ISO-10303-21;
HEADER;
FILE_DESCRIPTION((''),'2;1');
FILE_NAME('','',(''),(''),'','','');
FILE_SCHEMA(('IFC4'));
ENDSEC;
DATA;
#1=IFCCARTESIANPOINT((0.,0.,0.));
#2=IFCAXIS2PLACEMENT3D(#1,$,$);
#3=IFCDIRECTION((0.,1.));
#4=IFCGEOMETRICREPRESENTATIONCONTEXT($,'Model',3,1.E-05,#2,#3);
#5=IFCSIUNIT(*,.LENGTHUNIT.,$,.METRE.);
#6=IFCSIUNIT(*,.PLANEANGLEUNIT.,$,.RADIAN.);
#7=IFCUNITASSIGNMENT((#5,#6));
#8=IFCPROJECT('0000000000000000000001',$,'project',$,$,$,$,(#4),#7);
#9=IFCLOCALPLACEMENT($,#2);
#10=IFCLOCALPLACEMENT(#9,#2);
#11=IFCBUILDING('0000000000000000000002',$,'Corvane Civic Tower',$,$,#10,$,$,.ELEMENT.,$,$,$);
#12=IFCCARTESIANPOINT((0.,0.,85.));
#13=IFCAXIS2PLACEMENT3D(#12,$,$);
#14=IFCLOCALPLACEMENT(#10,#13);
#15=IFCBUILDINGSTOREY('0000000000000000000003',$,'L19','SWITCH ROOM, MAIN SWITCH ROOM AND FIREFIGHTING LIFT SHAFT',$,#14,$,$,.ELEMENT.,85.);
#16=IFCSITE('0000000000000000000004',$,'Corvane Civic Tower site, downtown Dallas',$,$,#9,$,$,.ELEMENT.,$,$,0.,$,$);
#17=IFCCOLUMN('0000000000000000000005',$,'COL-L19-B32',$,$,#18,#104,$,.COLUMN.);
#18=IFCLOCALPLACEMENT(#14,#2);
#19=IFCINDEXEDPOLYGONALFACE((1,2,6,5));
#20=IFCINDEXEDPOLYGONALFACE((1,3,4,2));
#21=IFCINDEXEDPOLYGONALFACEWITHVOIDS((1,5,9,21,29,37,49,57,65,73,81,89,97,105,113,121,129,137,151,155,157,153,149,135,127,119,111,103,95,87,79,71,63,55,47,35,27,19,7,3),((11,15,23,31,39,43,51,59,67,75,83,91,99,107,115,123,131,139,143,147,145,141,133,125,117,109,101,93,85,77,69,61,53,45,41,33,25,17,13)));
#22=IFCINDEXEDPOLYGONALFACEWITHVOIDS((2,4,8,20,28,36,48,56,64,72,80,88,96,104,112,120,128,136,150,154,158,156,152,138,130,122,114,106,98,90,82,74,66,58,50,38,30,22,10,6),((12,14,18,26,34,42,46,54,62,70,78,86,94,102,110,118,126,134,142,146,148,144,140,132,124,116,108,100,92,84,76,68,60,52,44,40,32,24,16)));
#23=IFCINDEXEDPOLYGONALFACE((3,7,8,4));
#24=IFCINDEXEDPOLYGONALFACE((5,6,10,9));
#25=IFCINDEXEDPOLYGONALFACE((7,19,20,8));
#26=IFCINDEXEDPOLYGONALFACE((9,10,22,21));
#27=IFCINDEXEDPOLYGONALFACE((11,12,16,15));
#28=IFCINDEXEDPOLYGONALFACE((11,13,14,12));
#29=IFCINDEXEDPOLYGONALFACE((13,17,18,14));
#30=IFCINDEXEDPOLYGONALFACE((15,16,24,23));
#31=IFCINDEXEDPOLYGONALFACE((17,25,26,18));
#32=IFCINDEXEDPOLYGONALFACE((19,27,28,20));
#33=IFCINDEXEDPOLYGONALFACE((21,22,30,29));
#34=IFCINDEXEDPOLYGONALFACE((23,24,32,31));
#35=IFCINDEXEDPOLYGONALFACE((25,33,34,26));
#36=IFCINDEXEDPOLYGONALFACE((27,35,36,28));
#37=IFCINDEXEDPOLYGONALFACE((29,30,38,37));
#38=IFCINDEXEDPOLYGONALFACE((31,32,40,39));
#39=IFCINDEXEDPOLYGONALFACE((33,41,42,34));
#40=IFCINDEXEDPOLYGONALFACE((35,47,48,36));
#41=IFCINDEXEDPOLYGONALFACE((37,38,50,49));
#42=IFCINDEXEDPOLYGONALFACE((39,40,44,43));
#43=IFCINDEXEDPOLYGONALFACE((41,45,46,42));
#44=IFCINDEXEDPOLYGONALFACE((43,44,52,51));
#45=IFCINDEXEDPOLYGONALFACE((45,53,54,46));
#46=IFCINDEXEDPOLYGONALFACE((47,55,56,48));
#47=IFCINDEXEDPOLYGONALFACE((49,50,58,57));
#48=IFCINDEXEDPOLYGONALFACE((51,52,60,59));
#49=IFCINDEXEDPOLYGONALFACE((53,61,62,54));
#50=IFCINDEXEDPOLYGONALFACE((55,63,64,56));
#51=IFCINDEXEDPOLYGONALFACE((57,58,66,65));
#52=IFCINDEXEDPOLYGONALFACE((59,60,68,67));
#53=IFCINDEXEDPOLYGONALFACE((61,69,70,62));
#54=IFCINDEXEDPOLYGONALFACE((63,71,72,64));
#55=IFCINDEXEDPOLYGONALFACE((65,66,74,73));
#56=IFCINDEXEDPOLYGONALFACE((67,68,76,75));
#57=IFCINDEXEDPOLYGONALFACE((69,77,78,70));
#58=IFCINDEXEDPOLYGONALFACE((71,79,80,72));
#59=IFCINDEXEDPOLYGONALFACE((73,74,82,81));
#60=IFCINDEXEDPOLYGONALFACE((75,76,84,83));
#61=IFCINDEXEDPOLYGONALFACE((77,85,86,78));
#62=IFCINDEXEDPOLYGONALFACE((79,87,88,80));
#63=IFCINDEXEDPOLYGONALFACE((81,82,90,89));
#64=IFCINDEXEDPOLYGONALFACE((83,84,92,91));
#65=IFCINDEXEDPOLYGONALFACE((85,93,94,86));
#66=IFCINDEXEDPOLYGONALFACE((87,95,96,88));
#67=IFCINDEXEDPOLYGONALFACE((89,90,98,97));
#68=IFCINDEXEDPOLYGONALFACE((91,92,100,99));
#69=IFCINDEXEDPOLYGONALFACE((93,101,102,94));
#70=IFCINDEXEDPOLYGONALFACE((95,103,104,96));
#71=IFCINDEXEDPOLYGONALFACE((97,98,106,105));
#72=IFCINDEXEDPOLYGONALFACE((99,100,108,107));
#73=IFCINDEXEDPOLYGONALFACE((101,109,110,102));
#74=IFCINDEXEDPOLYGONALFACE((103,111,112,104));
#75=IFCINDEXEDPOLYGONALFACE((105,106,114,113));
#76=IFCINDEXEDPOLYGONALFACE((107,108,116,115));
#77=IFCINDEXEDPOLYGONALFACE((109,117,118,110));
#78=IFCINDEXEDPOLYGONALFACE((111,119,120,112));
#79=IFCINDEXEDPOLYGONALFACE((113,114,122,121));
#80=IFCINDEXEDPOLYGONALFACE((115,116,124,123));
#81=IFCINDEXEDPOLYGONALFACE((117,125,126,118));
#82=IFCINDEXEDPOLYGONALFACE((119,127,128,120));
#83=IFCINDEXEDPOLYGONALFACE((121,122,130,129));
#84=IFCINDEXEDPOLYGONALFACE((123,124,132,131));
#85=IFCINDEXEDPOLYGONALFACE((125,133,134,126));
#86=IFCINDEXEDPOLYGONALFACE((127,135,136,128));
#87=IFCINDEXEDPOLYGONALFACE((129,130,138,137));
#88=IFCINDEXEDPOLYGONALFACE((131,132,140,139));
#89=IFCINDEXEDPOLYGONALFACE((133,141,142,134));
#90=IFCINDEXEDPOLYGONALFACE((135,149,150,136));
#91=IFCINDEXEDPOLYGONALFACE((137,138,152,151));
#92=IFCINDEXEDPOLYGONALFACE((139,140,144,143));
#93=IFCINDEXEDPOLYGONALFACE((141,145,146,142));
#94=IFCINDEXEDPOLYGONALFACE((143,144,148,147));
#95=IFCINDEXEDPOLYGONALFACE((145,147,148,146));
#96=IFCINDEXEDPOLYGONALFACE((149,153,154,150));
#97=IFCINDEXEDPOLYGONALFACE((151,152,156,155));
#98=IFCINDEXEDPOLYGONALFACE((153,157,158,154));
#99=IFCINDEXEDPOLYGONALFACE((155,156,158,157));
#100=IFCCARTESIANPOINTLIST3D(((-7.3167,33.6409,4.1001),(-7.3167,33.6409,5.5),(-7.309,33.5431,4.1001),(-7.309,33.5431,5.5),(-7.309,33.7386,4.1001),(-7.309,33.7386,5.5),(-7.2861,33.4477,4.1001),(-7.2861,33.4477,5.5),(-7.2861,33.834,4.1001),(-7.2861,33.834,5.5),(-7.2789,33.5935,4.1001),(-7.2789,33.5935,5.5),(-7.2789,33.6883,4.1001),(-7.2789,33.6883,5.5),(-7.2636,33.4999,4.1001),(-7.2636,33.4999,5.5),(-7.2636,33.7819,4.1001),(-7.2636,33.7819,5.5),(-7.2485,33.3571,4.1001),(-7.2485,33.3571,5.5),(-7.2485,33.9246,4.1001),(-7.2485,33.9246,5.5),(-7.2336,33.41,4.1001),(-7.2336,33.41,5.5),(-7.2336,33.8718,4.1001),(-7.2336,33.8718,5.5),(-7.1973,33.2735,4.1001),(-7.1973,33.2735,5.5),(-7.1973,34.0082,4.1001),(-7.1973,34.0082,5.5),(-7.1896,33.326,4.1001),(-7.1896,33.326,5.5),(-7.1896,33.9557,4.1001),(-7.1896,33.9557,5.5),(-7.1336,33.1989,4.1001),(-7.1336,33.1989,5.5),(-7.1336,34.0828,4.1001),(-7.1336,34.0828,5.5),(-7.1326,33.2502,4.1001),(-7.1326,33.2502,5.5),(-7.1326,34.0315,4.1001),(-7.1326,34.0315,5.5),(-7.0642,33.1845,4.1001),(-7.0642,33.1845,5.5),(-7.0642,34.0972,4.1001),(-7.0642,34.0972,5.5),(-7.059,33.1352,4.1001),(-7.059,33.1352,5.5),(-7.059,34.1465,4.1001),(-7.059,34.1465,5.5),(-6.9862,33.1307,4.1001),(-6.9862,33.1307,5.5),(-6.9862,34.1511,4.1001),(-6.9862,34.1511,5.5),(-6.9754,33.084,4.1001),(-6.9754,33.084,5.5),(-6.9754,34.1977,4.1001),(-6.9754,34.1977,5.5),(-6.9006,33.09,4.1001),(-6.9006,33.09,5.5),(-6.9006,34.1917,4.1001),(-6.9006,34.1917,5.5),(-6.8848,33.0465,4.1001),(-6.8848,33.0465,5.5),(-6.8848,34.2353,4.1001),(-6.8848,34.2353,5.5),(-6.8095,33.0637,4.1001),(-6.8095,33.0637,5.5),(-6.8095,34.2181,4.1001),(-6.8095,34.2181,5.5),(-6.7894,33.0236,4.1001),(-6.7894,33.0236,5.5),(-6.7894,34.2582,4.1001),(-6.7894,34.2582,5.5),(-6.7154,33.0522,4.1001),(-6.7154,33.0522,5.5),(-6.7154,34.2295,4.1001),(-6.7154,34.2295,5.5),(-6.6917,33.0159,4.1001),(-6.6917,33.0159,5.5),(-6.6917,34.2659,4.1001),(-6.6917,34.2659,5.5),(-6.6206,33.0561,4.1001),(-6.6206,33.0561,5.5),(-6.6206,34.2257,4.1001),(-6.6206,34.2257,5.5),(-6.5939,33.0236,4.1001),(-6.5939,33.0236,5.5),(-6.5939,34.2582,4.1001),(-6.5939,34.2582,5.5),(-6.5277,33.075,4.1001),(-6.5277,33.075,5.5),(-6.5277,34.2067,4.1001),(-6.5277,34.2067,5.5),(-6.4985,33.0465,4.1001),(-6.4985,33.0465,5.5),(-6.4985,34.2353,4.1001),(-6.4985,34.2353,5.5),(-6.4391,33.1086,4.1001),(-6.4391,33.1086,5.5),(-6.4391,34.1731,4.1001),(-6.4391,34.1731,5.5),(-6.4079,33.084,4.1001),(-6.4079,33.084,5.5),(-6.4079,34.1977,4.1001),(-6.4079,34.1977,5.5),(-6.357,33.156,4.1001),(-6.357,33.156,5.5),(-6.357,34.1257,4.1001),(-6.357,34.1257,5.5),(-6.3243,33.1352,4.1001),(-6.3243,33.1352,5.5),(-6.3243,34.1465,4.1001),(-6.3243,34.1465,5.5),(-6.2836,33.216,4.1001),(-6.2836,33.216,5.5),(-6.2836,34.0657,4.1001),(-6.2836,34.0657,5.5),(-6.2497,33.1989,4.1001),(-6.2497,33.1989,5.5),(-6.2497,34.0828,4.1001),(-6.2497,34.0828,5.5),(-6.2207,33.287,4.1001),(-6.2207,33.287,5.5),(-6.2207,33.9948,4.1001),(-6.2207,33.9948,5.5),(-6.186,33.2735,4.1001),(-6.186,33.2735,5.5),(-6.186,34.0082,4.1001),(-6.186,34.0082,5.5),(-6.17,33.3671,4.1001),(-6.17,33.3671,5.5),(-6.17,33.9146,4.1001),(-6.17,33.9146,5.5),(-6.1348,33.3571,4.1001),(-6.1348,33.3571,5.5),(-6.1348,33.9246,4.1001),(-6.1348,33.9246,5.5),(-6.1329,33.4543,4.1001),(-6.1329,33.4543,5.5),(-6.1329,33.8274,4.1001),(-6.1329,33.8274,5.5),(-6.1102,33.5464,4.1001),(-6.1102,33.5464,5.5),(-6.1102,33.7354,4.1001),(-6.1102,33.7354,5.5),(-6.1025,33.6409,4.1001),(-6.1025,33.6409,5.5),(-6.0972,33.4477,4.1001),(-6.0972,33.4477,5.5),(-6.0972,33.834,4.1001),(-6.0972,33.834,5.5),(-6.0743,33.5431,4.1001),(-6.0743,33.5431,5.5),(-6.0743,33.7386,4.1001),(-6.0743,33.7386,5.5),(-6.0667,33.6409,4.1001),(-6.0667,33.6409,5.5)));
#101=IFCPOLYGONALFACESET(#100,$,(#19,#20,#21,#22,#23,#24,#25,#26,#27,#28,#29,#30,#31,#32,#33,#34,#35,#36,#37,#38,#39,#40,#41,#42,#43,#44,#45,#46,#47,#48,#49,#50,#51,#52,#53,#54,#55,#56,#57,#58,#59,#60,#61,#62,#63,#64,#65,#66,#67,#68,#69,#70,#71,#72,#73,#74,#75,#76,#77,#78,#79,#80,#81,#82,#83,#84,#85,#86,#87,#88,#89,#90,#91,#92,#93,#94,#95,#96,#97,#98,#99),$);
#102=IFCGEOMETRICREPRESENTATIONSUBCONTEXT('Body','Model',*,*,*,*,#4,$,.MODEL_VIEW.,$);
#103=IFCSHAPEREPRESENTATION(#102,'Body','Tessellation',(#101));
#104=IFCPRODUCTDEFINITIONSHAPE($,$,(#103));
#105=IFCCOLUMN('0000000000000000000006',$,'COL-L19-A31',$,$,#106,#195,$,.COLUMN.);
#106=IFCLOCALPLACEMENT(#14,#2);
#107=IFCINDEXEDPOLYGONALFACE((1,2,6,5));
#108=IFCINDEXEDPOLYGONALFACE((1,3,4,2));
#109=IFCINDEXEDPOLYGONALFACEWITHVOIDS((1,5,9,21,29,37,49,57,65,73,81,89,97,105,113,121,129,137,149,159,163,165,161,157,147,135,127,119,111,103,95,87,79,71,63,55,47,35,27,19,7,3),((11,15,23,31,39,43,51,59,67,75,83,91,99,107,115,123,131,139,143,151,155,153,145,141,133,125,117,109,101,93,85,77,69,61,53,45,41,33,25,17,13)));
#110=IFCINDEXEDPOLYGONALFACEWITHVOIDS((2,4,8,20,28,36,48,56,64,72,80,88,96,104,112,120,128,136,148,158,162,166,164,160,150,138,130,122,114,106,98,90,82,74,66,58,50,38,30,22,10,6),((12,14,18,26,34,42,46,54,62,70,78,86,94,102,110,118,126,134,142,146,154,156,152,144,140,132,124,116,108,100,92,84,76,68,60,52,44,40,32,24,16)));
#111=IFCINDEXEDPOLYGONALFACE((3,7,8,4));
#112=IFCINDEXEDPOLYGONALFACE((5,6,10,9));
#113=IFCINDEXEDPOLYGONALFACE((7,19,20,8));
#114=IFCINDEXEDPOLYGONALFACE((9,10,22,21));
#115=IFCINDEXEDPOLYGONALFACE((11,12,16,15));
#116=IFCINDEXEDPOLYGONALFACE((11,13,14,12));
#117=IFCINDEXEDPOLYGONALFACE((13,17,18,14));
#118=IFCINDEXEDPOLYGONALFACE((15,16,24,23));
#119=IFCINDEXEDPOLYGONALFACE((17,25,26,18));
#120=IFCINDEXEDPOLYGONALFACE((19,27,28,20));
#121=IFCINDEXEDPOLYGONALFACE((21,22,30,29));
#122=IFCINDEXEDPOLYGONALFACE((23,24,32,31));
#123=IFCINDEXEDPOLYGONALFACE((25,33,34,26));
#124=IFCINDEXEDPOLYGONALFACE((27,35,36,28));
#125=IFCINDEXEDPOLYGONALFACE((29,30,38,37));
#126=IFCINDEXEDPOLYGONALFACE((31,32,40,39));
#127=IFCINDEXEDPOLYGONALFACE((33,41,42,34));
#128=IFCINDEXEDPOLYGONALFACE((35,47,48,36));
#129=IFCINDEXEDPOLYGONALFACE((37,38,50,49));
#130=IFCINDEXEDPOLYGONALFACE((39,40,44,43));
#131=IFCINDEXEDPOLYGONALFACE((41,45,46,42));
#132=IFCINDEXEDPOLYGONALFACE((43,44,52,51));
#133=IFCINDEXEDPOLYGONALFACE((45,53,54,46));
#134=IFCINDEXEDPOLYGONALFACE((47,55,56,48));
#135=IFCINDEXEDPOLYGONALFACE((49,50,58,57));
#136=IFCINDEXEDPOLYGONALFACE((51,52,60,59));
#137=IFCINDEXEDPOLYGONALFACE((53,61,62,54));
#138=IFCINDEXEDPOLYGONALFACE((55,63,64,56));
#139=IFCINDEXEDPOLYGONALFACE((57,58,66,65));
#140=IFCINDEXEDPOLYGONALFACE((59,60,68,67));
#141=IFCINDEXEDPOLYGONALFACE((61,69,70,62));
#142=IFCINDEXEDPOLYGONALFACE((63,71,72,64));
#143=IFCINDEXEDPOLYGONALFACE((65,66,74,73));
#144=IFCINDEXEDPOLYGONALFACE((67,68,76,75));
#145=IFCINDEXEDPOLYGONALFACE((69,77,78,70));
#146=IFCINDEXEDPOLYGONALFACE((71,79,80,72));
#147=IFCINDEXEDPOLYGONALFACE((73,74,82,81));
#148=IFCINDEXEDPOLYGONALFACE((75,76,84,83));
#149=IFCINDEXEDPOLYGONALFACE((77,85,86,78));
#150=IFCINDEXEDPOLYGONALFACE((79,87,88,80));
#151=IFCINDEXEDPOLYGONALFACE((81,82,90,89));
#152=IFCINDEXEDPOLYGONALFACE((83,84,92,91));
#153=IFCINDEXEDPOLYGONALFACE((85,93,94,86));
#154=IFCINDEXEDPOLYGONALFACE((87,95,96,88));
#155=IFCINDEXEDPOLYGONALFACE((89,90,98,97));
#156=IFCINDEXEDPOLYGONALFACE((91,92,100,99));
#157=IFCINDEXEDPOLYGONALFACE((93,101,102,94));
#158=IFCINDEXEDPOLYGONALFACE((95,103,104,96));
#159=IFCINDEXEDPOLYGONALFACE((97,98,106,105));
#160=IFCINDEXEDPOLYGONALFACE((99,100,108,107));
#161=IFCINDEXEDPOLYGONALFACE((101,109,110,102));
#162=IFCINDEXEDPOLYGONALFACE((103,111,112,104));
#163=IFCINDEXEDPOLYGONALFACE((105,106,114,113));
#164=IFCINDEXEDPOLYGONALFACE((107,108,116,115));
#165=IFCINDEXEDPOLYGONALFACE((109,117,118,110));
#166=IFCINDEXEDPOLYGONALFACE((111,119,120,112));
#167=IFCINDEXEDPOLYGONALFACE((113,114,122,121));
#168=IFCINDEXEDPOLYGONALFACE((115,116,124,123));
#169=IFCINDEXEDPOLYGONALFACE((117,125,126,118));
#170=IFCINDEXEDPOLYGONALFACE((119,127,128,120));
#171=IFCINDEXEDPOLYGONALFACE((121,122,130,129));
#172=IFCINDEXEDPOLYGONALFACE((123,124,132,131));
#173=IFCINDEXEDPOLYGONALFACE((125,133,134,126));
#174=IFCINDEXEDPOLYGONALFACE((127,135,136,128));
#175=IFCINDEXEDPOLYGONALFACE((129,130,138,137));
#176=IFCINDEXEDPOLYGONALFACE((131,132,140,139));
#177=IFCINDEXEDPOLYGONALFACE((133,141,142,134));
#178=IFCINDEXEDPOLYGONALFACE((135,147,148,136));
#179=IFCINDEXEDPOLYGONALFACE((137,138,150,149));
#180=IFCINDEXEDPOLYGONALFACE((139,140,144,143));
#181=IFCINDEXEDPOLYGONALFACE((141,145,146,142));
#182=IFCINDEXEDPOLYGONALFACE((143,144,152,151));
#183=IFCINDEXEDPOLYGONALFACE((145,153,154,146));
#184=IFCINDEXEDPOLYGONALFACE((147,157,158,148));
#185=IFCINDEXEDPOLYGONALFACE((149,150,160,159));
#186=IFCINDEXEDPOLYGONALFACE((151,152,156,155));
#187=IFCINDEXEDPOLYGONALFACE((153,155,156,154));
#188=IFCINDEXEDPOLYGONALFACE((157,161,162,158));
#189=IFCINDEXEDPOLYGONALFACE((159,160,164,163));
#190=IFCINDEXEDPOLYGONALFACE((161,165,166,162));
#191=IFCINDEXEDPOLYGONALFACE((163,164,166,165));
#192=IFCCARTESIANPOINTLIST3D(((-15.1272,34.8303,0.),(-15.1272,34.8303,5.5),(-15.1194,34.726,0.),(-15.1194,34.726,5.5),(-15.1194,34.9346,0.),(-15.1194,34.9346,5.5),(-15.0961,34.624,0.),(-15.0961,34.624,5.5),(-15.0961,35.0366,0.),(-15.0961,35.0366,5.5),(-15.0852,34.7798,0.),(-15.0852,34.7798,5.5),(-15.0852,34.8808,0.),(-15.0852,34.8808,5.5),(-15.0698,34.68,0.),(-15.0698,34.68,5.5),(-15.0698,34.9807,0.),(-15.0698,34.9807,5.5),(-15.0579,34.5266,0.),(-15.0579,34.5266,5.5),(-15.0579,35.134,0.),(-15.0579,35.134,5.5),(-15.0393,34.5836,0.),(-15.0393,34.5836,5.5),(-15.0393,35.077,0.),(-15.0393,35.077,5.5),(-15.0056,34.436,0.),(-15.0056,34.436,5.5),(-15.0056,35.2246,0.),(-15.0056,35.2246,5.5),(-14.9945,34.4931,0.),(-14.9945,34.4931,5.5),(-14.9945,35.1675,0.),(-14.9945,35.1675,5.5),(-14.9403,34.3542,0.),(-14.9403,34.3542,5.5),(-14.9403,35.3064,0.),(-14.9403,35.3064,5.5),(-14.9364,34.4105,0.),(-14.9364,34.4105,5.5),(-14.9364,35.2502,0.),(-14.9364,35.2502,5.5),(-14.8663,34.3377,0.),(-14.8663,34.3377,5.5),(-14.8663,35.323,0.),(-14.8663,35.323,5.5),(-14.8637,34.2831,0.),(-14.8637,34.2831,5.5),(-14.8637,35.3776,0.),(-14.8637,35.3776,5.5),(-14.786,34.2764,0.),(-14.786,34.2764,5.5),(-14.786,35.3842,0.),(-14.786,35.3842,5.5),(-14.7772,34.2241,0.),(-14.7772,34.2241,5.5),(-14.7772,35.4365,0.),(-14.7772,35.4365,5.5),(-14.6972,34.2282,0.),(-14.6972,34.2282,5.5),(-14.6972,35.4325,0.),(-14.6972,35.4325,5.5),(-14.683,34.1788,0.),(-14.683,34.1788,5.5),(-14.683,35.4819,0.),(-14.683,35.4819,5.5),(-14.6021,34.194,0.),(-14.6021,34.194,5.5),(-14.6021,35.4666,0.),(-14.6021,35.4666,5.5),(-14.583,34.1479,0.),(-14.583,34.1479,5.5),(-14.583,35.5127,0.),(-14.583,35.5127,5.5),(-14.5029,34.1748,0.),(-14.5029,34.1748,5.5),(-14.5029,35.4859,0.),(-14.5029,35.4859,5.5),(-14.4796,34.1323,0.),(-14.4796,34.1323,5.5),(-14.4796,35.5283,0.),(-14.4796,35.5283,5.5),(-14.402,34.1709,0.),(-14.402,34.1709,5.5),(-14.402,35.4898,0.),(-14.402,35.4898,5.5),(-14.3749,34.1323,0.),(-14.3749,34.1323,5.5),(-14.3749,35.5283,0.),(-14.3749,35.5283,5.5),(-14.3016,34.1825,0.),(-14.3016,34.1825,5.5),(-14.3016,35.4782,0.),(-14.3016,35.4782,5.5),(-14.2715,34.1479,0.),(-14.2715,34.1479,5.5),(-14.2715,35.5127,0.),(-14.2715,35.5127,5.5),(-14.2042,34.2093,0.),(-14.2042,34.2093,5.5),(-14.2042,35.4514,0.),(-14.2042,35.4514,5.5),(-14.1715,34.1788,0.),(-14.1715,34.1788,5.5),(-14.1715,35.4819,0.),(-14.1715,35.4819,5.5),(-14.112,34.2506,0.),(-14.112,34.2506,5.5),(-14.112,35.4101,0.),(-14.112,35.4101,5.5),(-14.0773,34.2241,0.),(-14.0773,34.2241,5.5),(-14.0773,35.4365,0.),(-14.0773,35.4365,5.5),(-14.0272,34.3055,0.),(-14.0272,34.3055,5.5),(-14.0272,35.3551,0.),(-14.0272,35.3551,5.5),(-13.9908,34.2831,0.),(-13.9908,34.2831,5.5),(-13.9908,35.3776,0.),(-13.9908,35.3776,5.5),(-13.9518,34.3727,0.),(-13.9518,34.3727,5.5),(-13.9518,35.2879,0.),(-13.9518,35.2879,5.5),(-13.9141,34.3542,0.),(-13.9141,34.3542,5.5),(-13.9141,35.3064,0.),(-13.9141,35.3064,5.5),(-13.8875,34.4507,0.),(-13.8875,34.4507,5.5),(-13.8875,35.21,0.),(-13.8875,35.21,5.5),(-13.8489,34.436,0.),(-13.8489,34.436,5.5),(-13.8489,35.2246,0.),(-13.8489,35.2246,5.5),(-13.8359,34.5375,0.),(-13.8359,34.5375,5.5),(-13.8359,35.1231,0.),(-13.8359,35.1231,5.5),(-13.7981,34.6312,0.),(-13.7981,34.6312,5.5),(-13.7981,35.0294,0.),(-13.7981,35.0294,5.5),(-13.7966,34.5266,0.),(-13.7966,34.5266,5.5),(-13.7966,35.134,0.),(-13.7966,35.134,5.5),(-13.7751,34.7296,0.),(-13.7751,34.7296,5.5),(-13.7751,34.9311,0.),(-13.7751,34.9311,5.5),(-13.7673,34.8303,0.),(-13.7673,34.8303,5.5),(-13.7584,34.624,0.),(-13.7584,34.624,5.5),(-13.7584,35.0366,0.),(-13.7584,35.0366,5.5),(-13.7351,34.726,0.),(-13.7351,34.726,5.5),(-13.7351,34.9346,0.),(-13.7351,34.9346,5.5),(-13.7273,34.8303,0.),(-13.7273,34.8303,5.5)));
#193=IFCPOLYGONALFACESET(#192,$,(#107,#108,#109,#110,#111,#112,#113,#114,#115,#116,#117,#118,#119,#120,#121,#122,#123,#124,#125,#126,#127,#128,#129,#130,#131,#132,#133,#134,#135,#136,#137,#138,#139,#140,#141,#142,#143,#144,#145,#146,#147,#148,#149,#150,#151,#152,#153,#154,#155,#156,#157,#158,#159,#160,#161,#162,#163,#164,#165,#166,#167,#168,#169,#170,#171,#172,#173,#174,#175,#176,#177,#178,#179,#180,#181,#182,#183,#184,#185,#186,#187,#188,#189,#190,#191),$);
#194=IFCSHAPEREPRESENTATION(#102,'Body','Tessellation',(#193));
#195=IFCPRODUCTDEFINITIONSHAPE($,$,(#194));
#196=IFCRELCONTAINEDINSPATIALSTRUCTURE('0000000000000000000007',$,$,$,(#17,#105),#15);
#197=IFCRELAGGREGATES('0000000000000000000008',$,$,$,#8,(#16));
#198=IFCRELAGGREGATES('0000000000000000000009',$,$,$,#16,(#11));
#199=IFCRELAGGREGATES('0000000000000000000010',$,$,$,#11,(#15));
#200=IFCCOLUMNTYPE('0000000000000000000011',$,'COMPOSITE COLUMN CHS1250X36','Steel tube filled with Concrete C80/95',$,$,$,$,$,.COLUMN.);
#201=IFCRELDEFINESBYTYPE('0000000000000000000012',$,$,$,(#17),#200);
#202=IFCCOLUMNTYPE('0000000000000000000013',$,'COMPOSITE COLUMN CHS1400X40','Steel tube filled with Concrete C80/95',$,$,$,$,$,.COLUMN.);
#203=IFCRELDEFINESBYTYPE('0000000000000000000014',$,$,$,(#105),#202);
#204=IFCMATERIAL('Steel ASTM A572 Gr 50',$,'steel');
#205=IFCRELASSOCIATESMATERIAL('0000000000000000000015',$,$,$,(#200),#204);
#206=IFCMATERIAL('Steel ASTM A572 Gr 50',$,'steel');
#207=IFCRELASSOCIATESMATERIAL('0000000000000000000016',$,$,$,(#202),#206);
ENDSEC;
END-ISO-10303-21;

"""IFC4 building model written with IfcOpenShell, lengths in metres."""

from ifc_helpers import new_model, si_unit, direction, frame, origin, origin_2d, place, context, subcontext, project, spatial, hollow_circle, extrude, material, material_profile, profile_set, type_object, element, save


model = new_model("IFC4")

# Units and contexts
model_context = context("Model", 3, precision=1e-05, world=origin(), true_north=direction((0.0, 1.0)))
body_context = subcontext(model_context, "Body", "Model", "MODEL_VIEW")
ifc_project = project(units=[si_unit("LENGTHUNIT", "METRE"), si_unit("PLANEANGLEUNIT", "RADIAN")], contexts=[model_context])

# Site, building, storey
site_placement = place(None, origin())
site = spatial("IfcSite", under=ifc_project, at=site_placement, Name="Corvane Civic Tower site, downtown Dallas", CompositionType="ELEMENT", RefElevation=0.0)
building_placement = place(site_placement, origin())
building = spatial("IfcBuilding", under=site, at=building_placement, Name="Corvane Civic Tower", CompositionType="ELEMENT")
storey_placement = place(building_placement, frame((0.0, 0.0, 85.0)))
storey = spatial("IfcBuildingStorey", under=building, at=storey_placement, Name="L19", Description="SWITCH ROOM, MAIN SWITCH ROOM AND FIREFIGHTING LIFT SHAFT", CompositionType="ELEMENT", Elevation=85.0)

# Columns
ifc_material_1 = material(Name="Steel ASTM A572 Gr 50", Category="steel")
ifc_material_profile_1 = material_profile(ifc_material_1, hollow_circle(Radius=0.625, WallThickness=0.0359, at=origin_2d()), Name="CHS1250X36")
ifc_profile_set_1 = profile_set([ifc_material_profile_1], Name="Steel ASTM A572 Gr 50")
column_type_1 = type_object("IfcColumnType", Name="COMPOSITE COLUMN CHS1250X36", Description="Steel tube filled with Concrete C80/95", PredefinedType="COLUMN", material=ifc_profile_set_1)
for number, where, z_axis, x_axis, name in (
    (1, (-6.6917, 33.6409, 4.1001), (0.0, 0.0, 1.0), (1.0, 0.0, 0.0), "COL-L19-B32"),
):
    element("IfcColumn", number, at=place(storey_placement, frame(where, z_axis=z_axis, x_axis=x_axis)), inside=storey, type_object=column_type_1, Name=name, PredefinedType="COLUMN", context=body_context, shape_type="SweptSolid", body=[
        extrude(hollow_circle(Radius=0.625, WallThickness=0.0359, at=origin_2d()), origin(), (0.0, 0.0, 1.0), 1.3999),
    ])
ifc_material_2 = material(Name="Steel ASTM A572 Gr 50", Category="steel")
ifc_material_profile_2 = material_profile(ifc_material_2, hollow_circle(Radius=0.7, WallThickness=0.04, at=origin_2d()), Name="CHS1400X40")
ifc_profile_set_2 = profile_set([ifc_material_profile_2], Name="Steel ASTM A572 Gr 50")
column_type_2 = type_object("IfcColumnType", Name="COMPOSITE COLUMN CHS1400X40", Description="Steel tube filled with Concrete C80/95", PredefinedType="COLUMN", material=ifc_profile_set_2)
column_placement = place(storey_placement, frame((-14.4272, 34.8303, 0.0), z_axis=(0.0, 0.0, 1.0), x_axis=(1.0, 0.0, 0.0)))
element("IfcColumn", 2, at=column_placement, inside=storey, type_object=column_type_2, Name="COL-L19-A31", PredefinedType="COLUMN", context=body_context, shape_type="SweptSolid", body=[
    extrude(hollow_circle(Radius=0.7, WallThickness=0.04, at=origin_2d()), origin(), (0.0, 0.0, 1.0), 5.5),
])

save(model, "model.ifc")
